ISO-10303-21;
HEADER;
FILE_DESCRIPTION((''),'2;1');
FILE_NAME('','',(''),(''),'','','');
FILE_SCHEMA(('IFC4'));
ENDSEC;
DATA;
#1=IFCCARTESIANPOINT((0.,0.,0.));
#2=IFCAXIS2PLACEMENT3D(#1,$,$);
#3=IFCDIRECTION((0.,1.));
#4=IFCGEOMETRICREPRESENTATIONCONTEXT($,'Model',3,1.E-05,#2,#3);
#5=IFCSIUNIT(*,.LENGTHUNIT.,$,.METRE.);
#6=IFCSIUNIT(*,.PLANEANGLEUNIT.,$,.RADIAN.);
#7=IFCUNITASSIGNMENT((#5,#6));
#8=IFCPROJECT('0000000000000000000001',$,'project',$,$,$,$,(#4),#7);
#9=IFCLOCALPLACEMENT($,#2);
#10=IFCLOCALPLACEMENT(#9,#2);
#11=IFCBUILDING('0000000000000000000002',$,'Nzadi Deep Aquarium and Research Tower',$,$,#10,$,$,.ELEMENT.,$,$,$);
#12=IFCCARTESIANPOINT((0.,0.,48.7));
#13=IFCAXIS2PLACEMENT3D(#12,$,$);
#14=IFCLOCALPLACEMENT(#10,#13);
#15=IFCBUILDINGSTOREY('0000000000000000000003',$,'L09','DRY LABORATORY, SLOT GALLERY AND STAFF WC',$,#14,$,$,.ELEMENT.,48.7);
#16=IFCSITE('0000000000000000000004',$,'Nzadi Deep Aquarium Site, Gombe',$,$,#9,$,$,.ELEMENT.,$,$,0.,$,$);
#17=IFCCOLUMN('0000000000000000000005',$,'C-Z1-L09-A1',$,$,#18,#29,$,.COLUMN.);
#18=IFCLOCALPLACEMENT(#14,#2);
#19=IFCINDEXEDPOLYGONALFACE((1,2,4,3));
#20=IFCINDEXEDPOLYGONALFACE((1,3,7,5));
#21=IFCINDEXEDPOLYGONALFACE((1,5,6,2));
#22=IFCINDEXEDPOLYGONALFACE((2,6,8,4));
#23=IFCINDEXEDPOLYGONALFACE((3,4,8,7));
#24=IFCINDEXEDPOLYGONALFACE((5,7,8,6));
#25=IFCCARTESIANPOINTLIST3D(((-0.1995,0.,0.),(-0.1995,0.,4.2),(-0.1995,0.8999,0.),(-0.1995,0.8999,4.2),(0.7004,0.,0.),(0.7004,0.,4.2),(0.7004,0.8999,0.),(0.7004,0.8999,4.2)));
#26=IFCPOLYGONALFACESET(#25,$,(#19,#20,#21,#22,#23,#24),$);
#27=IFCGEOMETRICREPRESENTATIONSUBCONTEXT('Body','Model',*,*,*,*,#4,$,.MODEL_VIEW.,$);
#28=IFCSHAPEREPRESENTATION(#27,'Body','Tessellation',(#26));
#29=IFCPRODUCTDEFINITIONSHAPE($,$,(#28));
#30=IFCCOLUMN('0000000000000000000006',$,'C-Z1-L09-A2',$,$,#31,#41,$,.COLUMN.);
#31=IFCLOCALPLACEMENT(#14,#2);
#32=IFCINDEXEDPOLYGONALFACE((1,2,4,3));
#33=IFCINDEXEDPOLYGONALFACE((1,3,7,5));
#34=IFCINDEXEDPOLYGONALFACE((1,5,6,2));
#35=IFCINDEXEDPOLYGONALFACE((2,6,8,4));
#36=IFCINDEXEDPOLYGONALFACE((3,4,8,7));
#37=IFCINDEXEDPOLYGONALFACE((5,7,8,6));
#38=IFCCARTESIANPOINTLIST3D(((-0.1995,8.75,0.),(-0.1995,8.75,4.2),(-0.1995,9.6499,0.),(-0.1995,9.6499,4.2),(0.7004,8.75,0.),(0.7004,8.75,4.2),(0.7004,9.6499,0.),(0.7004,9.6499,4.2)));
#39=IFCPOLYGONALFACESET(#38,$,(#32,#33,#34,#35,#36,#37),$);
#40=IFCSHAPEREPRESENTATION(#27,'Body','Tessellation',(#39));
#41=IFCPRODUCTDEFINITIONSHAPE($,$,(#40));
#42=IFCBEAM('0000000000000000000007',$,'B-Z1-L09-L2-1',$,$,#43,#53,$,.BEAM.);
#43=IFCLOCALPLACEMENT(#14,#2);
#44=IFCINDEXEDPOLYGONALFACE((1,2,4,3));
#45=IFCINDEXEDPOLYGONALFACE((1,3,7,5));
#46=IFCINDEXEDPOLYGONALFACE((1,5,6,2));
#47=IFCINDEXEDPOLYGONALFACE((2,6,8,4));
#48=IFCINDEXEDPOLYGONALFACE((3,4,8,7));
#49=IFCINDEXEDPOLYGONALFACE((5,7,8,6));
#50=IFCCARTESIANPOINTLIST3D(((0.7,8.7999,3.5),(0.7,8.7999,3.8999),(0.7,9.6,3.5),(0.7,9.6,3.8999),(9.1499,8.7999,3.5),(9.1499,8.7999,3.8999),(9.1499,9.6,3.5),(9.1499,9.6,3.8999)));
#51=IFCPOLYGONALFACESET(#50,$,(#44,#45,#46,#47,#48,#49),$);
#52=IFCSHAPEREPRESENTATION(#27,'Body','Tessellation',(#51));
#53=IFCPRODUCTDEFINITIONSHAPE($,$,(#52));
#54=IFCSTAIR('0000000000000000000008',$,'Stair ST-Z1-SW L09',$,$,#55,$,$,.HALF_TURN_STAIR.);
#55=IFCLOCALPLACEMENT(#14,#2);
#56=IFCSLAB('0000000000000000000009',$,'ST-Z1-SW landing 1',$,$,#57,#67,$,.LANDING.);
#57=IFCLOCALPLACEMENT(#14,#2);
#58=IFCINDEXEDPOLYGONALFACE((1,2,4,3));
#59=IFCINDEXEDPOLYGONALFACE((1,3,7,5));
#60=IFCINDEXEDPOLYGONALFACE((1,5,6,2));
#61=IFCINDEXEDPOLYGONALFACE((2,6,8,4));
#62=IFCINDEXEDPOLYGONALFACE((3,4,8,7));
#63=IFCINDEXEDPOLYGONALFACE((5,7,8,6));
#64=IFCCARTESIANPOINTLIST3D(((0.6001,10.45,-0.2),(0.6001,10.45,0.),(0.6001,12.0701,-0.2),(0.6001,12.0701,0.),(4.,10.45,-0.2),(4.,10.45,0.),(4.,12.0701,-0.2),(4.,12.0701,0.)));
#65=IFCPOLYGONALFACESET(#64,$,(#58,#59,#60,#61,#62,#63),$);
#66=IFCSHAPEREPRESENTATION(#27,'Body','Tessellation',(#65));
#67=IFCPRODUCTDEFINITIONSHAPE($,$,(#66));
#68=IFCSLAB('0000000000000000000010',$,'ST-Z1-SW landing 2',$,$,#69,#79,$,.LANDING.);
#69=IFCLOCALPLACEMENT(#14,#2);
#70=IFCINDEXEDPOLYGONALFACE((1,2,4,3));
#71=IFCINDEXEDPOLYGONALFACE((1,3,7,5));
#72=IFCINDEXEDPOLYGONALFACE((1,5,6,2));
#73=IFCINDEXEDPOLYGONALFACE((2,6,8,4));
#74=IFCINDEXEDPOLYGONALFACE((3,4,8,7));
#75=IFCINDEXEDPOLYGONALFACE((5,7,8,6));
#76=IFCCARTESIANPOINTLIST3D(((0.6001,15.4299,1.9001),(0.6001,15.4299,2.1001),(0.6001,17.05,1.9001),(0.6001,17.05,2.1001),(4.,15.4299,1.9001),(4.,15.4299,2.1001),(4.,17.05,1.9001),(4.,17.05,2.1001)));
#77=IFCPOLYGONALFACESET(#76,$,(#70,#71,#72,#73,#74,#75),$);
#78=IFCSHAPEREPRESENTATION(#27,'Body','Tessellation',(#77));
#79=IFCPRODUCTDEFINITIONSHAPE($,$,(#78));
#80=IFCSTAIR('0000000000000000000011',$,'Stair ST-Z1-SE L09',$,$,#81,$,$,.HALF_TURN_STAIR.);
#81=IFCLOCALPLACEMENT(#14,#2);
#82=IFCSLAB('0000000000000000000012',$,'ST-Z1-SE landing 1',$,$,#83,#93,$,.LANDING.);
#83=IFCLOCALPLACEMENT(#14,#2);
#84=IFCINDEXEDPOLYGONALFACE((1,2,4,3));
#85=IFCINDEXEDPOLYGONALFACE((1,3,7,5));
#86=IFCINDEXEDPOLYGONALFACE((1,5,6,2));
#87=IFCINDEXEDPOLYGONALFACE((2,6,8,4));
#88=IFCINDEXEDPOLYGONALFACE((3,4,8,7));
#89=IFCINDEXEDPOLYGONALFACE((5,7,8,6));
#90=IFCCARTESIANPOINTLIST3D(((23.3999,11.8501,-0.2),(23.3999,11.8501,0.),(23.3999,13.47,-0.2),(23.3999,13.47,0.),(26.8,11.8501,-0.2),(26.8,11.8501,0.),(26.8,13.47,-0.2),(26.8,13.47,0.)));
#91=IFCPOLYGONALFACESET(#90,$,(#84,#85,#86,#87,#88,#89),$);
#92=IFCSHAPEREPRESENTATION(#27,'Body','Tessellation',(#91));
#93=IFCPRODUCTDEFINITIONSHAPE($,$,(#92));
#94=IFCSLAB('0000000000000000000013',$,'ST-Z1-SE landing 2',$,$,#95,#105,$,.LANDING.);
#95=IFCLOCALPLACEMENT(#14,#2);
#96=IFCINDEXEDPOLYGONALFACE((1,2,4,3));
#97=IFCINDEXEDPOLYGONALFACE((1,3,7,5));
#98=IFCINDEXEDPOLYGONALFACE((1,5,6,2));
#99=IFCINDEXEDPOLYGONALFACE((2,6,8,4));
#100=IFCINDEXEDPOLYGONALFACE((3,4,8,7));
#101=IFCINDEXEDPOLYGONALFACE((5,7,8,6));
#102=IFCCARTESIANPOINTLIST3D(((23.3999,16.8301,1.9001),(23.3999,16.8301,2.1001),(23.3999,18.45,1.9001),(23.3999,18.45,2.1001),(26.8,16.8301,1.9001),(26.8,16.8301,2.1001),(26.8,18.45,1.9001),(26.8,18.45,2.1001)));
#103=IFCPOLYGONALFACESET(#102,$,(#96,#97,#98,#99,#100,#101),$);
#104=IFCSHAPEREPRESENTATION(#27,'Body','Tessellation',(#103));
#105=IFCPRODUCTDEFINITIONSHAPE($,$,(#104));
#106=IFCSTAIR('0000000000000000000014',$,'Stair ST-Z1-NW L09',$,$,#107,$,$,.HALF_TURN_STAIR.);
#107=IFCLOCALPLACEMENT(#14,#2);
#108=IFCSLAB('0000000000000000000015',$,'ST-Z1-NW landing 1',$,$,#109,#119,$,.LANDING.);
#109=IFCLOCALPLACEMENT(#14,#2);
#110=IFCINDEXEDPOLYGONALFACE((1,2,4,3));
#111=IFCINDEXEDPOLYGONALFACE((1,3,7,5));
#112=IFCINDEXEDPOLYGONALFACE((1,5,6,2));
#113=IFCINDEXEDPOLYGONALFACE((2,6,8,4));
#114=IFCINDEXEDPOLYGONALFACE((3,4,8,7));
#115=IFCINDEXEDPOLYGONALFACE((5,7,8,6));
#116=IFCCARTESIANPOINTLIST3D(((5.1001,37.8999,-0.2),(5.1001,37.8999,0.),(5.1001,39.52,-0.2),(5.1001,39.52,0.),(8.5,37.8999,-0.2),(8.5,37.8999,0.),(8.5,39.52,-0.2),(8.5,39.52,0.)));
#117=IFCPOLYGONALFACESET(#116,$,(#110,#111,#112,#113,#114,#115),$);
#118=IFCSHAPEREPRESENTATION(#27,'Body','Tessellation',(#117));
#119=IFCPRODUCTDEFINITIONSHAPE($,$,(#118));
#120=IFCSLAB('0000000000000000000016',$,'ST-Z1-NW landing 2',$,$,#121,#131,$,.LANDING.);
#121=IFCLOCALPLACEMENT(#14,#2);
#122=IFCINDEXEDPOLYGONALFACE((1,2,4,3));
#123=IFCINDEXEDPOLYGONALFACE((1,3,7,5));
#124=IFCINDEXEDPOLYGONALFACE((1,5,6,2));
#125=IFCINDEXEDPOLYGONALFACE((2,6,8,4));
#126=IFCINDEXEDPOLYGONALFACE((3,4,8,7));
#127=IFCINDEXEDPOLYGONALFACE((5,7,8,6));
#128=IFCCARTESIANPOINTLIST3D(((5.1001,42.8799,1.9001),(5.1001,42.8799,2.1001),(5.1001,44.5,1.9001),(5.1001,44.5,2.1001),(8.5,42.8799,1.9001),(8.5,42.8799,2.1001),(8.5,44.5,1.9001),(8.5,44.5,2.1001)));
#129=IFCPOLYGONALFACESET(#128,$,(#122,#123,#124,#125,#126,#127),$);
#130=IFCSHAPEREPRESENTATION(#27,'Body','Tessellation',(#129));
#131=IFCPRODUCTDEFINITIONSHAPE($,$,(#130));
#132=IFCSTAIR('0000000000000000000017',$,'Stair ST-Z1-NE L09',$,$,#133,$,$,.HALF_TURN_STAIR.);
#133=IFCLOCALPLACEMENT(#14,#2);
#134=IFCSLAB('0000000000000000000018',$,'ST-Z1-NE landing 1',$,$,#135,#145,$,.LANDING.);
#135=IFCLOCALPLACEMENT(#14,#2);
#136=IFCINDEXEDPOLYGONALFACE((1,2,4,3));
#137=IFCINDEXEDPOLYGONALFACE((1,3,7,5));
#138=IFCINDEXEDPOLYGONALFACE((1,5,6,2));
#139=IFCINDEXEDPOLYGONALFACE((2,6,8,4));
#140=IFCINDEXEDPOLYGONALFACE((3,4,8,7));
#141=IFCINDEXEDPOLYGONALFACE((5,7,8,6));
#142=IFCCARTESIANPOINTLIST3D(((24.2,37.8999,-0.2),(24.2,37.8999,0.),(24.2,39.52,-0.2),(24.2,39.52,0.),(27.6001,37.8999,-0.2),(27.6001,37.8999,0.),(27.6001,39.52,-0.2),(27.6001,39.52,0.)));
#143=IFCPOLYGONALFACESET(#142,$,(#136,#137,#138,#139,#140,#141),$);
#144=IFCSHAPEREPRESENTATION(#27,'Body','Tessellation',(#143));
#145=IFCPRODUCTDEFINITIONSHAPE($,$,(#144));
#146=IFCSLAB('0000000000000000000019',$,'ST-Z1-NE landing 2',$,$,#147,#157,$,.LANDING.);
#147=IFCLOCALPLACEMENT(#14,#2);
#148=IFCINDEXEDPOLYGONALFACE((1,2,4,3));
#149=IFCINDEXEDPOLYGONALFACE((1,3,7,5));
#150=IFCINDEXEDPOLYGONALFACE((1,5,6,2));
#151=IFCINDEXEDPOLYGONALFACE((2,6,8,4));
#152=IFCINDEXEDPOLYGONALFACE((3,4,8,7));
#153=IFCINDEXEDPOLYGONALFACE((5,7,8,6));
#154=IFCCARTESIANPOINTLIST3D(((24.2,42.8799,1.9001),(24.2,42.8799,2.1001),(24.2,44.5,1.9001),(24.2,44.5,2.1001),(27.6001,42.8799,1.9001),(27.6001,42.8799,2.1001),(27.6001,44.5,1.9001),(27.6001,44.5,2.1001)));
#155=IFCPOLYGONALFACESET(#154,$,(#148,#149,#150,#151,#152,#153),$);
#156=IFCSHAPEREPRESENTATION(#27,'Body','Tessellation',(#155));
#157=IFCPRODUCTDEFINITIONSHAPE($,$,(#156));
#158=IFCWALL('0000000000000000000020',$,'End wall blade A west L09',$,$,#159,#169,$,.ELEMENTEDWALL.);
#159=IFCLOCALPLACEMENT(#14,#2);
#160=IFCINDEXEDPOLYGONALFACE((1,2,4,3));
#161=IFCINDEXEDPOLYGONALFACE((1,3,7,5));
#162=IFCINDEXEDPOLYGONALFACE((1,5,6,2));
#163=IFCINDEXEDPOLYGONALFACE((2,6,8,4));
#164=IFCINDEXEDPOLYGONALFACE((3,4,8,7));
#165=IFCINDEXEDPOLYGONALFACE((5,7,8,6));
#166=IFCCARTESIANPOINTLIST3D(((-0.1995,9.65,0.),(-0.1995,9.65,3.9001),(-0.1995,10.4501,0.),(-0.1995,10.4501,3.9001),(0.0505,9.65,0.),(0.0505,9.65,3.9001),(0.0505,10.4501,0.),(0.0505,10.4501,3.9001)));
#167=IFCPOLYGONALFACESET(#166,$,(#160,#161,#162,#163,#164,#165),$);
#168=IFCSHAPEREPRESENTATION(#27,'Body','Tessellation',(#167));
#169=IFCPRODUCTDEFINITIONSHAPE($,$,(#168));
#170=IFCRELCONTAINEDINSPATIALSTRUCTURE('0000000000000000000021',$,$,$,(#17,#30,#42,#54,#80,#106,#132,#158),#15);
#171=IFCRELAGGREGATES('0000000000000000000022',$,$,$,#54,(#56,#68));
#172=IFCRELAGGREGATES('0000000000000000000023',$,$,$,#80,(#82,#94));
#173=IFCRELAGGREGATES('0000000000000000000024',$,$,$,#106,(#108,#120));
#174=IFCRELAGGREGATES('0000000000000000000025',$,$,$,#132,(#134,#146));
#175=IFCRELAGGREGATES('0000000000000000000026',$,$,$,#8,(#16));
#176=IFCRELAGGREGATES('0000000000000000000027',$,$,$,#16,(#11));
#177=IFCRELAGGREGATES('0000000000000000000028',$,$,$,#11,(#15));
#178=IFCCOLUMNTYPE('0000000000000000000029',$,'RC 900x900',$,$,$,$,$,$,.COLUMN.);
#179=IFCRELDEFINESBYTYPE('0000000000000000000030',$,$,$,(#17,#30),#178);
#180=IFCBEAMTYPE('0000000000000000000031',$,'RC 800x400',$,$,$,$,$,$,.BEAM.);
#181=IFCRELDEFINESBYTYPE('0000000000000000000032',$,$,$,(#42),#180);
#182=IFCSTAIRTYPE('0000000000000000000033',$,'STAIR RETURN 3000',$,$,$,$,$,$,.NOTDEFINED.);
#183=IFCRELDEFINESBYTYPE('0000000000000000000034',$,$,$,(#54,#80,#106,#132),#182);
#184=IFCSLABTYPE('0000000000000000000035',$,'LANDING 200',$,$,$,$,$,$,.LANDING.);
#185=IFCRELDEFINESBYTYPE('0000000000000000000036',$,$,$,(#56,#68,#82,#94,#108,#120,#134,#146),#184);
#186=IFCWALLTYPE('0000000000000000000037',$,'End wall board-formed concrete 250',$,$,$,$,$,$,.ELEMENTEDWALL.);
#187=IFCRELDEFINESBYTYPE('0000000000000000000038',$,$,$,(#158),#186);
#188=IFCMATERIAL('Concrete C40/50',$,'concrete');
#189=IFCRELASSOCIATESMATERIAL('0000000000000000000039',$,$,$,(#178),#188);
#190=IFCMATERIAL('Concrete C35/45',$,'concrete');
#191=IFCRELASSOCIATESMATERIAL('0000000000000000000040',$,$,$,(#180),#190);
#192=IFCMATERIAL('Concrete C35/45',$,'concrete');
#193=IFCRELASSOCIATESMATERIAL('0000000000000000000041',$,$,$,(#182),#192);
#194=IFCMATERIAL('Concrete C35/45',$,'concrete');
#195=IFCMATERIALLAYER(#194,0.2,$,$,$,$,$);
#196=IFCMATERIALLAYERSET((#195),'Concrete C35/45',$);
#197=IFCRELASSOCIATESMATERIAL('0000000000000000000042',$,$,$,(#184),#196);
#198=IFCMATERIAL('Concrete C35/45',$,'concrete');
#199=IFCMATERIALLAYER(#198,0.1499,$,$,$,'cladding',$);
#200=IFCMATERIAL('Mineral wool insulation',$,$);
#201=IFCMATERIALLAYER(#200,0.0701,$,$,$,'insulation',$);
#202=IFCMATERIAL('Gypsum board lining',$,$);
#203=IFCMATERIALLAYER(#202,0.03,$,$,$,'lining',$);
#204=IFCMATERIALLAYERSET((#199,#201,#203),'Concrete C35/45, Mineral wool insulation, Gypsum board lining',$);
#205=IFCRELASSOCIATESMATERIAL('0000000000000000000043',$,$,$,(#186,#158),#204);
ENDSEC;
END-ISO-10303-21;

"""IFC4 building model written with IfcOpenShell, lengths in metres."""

from ifc_helpers import new_model, si_unit, direction, frame, frame_2d, origin, origin_2d, place, context, subcontext, project, spatial, polyline, rectangle, outline, extrude, material, layer, layer_set, layer_usage, material_profile, profile_set, type_object, element, aggregate, save


model = new_model("IFC4")

# Units and contexts
model_context = context("Model", 3, precision=1e-05, world=origin(), true_north=direction((0.0, 1.0)))
body_context = subcontext(model_context, "Body", "Model", "MODEL_VIEW")
ifc_project = project(units=[si_unit("LENGTHUNIT", "METRE"), si_unit("PLANEANGLEUNIT", "RADIAN")], contexts=[model_context])

# Site, building, storey
site_placement = place(None, origin())
site = spatial("IfcSite", under=ifc_project, at=site_placement, Name="Nzadi Deep Aquarium Site, Gombe", CompositionType="ELEMENT", RefElevation=0.0)
building_placement = place(site_placement, origin())
building = spatial("IfcBuilding", under=site, at=building_placement, Name="Nzadi Deep Aquarium and Research Tower", CompositionType="ELEMENT")
storey_placement = place(building_placement, frame((0.0, 0.0, 48.7)))
storey = spatial("IfcBuildingStorey", under=building, at=storey_placement, Name="L09", Description="DRY LABORATORY, SLOT GALLERY AND STAFF WC", CompositionType="ELEMENT", Elevation=48.7)

# Columns
ifc_material_1 = material(Name="Concrete C40/50", Category="concrete")
ifc_material_profile_1 = material_profile(ifc_material_1, rectangle(XDim=0.8999, YDim=0.8999, at=origin_2d()))
ifc_profile_set_1 = profile_set([ifc_material_profile_1], Name="Concrete C40/50")
column_type = type_object("IfcColumnType", Name="RC 900x900", PredefinedType="COLUMN", material=ifc_profile_set_1)
for number, where, z_axis, x_axis, name in (
    (1, (0.2505, 0.45, 0.0), (0.0, 0.0, 1.0), (1.0, 0.0, 0.0), "C-Z1-L09-A1"),
    (2, (0.2505, 9.2, 0.0), (0.0, 0.0, 1.0), (1.0, 0.0, 0.0), "C-Z1-L09-A2"),
):
    element("IfcColumn", number, at=place(storey_placement, frame(where, z_axis=z_axis, x_axis=x_axis)), inside=storey, type_object=column_type, Name=name, PredefinedType="COLUMN", context=body_context, shape_type="SweptSolid", body=[
        extrude(rectangle(XDim=0.8999, YDim=0.8999, at=origin_2d()), origin(), (0.0, 0.0, 1.0), 4.2),
    ])

# Beam
ifc_material_2 = material(Name="Concrete C35/45", Category="concrete")
ifc_material_profile_2 = material_profile(ifc_material_2, rectangle(XDim=0.8, YDim=0.3999, at=origin_2d()))
ifc_profile_set_2 = profile_set([ifc_material_profile_2], Name="Concrete C35/45")
beam_type = type_object("IfcBeamType", Name="RC 800x400", PredefinedType="BEAM", material=ifc_profile_set_2)
beam_placement = place(storey_placement, frame((0.7, 9.2, 3.7), z_axis=(1.0, 0.0, 0.0), x_axis=(0.0, 1.0, 0.0)))
element("IfcBeam", 3, at=beam_placement, inside=storey, type_object=beam_type, Name="B-Z1-L09-L2-1", PredefinedType="BEAM", context=body_context, shape_type="SweptSolid", body=[
    extrude(rectangle(XDim=0.8, YDim=0.3999, at=origin_2d()), origin(), (0.0, 0.0, 1.0), 8.45),
])

# Stairs, slabs
ifc_material_3 = material(Name="Concrete C35/45", Category="concrete")
stair_type = type_object("IfcStairType", Name="STAIR RETURN 3000", PredefinedType="NOTDEFINED", material=ifc_material_3)
stair_1_placement = place(storey_placement, origin())
stair_1 = element("IfcStair", 4, at=stair_1_placement, inside=storey, type_object=stair_type, Name="Stair ST-Z1-SW L09", PredefinedType="HALF_TURN_STAIR")
ifc_material_4 = material(Name="Concrete C35/45", Category="concrete")
ifc_layer_1 = layer(ifc_material_4, 0.2)
ifc_layer_set_1 = layer_set([ifc_layer_1], Name="Concrete C35/45")
slab_type = type_object("IfcSlabType", Name="LANDING 200", PredefinedType="LANDING", material=ifc_layer_set_1)
slab_1_placement = place(storey_placement, frame((0.0, 0.0, -0.2)))
slab_1 = element("IfcSlab", 5, at=slab_1_placement, type_object=slab_type, Name="ST-Z1-SW landing 1", PredefinedType="LANDING", context=body_context, shape_type="SweptSolid", body=[
    extrude(outline(polyline([(0.6001, 10.45), (4.0, 10.45), (4.0, 12.0701), (0.6001, 12.0701), (0.6001, 10.45)])), origin(), (0.0, 0.0, 1.0), 0.2),
])
slab_2_placement = place(storey_placement, frame((0.0, 0.0, 1.9001)))
slab_2 = element("IfcSlab", 6, at=slab_2_placement, type_object=slab_type, Name="ST-Z1-SW landing 2", PredefinedType="LANDING", context=body_context, shape_type="SweptSolid", body=[
    extrude(outline(polyline([(0.6001, 15.4299), (4.0, 15.4299), (4.0, 17.05), (0.6001, 17.05), (0.6001, 15.4299)])), origin(), (0.0, 0.0, 1.0), 0.2),
])
aggregate(stair_1, [slab_1, slab_2])
stair_2_placement = place(storey_placement, origin())
stair_2 = element("IfcStair", 7, at=stair_2_placement, inside=storey, type_object=stair_type, Name="Stair ST-Z1-SE L09", PredefinedType="HALF_TURN_STAIR")
slab_3_placement = place(storey_placement, frame((0.0, 0.0, -0.2)))
slab_3 = element("IfcSlab", 8, at=slab_3_placement, type_object=slab_type, Name="ST-Z1-SE landing 1", PredefinedType="LANDING", context=body_context, shape_type="SweptSolid", body=[
    extrude(outline(polyline([(23.3999, 11.8501), (26.8, 11.8501), (26.8, 13.47), (23.3999, 13.47), (23.3999, 11.8501)])), origin(), (0.0, 0.0, 1.0), 0.2),
])
slab_4_placement = place(storey_placement, frame((0.0, 0.0, 1.9001)))
slab_4 = element("IfcSlab", 9, at=slab_4_placement, type_object=slab_type, Name="ST-Z1-SE landing 2", PredefinedType="LANDING", context=body_context, shape_type="SweptSolid", body=[
    extrude(outline(polyline([(23.3999, 16.8301), (26.8, 16.8301), (26.8, 18.45), (23.3999, 18.45), (23.3999, 16.8301)])), origin(), (0.0, 0.0, 1.0), 0.2),
])
aggregate(stair_2, [slab_3, slab_4])
stair_3_placement = place(storey_placement, origin())
stair_3 = element("IfcStair", 10, at=stair_3_placement, inside=storey, type_object=stair_type, Name="Stair ST-Z1-NW L09", PredefinedType="HALF_TURN_STAIR")
slab_5_placement = place(storey_placement, frame((0.0, 0.0, -0.2)))
slab_5 = element("IfcSlab", 11, at=slab_5_placement, type_object=slab_type, Name="ST-Z1-NW landing 1", PredefinedType="LANDING", context=body_context, shape_type="SweptSolid", body=[
    extrude(outline(polyline([(5.1001, 37.8999), (8.5, 37.8999), (8.5, 39.52), (5.1001, 39.52), (5.1001, 37.8999)])), origin(), (0.0, 0.0, 1.0), 0.2),
])
slab_6_placement = place(storey_placement, frame((0.0, 0.0, 1.9001)))
slab_6 = element("IfcSlab", 12, at=slab_6_placement, type_object=slab_type, Name="ST-Z1-NW landing 2", PredefinedType="LANDING", context=body_context, shape_type="SweptSolid", body=[
    extrude(outline(polyline([(5.1001, 42.8799), (8.5, 42.8799), (8.5, 44.5), (5.1001, 44.5), (5.1001, 42.8799)])), origin(), (0.0, 0.0, 1.0), 0.2),
])
aggregate(stair_3, [slab_5, slab_6])
stair_4_placement = place(storey_placement, origin())
stair_4 = element("IfcStair", 13, at=stair_4_placement, inside=storey, type_object=stair_type, Name="Stair ST-Z1-NE L09", PredefinedType="HALF_TURN_STAIR")
slab_7_placement = place(storey_placement, frame((0.0, 0.0, -0.2)))
slab_7 = element("IfcSlab", 14, at=slab_7_placement, type_object=slab_type, Name="ST-Z1-NE landing 1", PredefinedType="LANDING", context=body_context, shape_type="SweptSolid", body=[
    extrude(outline(polyline([(24.2, 37.8999), (27.6001, 37.8999), (27.6001, 39.52), (24.2, 39.52), (24.2, 37.8999)])), origin(), (0.0, 0.0, 1.0), 0.2),
])
slab_8_placement = place(storey_placement, frame((0.0, 0.0, 1.9001)))
slab_8 = element("IfcSlab", 15, at=slab_8_placement, type_object=slab_type, Name="ST-Z1-NE landing 2", PredefinedType="LANDING", context=body_context, shape_type="SweptSolid", body=[
    extrude(outline(polyline([(24.2, 42.8799), (27.6001, 42.8799), (27.6001, 44.5), (24.2, 44.5), (24.2, 42.8799)])), origin(), (0.0, 0.0, 1.0), 0.2),
])
aggregate(stair_4, [slab_7, slab_8])

# Wall
ifc_material_5 = material(Name="Concrete C35/45", Category="concrete")
ifc_layer_2 = layer(ifc_material_5, 0.1499, Category="cladding")
ifc_material_6 = material(Name="Mineral wool insulation")
ifc_layer_3 = layer(ifc_material_6, 0.0701, Category="insulation")
ifc_material_7 = material(Name="Gypsum board lining")
ifc_layer_4 = layer(ifc_material_7, 0.03, Category="lining")
ifc_layer_set_2 = layer_set([ifc_layer_2, ifc_layer_3, ifc_layer_4], Name="Concrete C35/45, Mineral wool insulation, Gypsum board lining")
ifc_layer_usage_1 = layer_usage(ifc_layer_set_2, "AXIS2", "POSITIVE", -0.125)
wall_type_1 = type_object("IfcWallType", Name="End wall board-formed concrete 250", PredefinedType="ELEMENTEDWALL", material=ifc_layer_set_2)
wall_1_placement = place(storey_placement, frame((-0.0745, 10.45, 0.0), z_axis=(0.0, 0.0, 1.0), x_axis=(0.0, -1.0, 0.0)))
element("IfcWall", 16, at=wall_1_placement, inside=storey, type_object=wall_type_1, material=ifc_layer_usage_1, Name="End wall blade A west L09", PredefinedType="ELEMENTEDWALL", context=body_context, shape_type="SweptSolid", body=[
    extrude(rectangle(XDim=0.8, YDim=0.25, at=frame_2d((0.3999, 0.0))), origin(), (0.0, 0.0, 1.0), 3.9001),
])

save(model, "model.ifc")
